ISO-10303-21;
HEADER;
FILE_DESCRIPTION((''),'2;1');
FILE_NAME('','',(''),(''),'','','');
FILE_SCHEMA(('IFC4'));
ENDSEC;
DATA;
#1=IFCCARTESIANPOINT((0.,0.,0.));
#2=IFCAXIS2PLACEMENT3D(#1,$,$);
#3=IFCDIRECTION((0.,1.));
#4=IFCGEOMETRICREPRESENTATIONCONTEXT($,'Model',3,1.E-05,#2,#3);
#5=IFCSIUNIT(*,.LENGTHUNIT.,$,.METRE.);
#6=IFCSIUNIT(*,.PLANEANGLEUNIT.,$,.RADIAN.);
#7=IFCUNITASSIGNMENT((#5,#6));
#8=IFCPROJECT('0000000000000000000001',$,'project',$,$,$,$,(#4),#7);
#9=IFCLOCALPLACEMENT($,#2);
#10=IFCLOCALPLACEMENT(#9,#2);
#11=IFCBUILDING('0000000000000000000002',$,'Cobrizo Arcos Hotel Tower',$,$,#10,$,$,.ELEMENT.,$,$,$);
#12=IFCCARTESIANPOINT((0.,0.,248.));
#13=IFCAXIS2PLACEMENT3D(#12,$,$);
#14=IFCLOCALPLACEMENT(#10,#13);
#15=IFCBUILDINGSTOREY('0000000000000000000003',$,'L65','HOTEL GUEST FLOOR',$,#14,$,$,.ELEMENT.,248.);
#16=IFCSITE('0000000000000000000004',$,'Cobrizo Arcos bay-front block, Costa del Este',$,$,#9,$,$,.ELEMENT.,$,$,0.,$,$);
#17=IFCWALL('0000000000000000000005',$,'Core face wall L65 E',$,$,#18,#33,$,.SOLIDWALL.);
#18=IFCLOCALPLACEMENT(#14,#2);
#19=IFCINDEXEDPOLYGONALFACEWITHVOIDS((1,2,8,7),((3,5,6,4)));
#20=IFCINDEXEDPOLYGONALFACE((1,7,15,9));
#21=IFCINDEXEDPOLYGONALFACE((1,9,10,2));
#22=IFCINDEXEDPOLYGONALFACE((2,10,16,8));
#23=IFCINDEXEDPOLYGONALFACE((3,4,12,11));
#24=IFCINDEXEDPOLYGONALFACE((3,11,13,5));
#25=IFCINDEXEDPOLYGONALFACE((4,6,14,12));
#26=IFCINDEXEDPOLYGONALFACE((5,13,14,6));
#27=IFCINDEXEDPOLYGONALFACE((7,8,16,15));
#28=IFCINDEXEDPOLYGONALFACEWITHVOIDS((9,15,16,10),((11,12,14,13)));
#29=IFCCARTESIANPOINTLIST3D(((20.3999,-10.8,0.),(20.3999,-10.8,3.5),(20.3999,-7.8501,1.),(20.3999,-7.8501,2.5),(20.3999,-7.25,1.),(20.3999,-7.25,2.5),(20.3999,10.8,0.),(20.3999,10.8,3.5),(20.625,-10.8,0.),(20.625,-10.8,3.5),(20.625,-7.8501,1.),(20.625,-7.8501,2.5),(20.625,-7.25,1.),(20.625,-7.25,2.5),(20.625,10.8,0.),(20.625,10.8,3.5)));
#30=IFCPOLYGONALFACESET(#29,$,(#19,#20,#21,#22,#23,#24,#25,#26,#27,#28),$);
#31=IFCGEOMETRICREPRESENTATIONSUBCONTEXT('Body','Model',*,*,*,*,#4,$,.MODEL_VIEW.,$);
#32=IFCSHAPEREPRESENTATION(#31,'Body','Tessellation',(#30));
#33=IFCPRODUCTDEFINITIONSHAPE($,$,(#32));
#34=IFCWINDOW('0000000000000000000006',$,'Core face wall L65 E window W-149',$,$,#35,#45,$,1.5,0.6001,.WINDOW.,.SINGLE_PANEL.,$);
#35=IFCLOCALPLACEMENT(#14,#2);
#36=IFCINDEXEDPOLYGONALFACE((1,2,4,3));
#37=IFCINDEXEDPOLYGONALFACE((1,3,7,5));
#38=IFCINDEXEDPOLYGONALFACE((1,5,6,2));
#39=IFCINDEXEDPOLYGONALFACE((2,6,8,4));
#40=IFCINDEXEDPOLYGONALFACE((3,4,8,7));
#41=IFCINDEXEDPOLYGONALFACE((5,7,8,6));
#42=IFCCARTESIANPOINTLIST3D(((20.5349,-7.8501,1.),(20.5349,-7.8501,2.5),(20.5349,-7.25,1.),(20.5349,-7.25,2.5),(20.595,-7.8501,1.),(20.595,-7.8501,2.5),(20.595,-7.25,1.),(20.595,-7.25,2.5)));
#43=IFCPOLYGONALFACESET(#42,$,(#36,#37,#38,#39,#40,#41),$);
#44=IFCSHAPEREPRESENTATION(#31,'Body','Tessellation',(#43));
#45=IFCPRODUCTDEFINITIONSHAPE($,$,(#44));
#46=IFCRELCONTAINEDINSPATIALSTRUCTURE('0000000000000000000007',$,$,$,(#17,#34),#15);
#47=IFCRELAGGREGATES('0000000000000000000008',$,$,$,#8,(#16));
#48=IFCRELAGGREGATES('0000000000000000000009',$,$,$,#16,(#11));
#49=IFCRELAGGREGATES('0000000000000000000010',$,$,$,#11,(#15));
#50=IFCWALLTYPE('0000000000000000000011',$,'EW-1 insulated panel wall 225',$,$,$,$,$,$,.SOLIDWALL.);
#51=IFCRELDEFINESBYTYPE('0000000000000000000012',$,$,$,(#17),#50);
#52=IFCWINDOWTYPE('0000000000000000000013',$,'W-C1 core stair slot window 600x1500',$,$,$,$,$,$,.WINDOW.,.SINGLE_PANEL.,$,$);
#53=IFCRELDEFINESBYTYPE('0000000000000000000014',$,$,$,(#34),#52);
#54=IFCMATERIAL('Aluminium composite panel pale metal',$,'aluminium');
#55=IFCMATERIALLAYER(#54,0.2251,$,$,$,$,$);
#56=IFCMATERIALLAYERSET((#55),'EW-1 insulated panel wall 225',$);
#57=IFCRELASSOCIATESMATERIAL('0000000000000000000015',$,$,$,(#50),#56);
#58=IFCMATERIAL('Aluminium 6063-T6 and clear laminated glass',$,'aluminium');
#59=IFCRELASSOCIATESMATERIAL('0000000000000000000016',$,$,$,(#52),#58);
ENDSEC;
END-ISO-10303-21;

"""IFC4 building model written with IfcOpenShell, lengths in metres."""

from ifc_helpers import new_model, si_unit, direction, frame, frame_2d, origin, place, context, subcontext, project, spatial, rectangle, extrude, material, layer, layer_set, type_object, element, fill, save


model = new_model("IFC4")

# Units and contexts
model_context = context("Model", 3, precision=1e-05, world=origin(), true_north=direction((0.0, 1.0)))
body_context = subcontext(model_context, "Body", "Model", "MODEL_VIEW")
ifc_project = project(units=[si_unit("LENGTHUNIT", "METRE"), si_unit("PLANEANGLEUNIT", "RADIAN")], contexts=[model_context])

# Site, building, storey
site_placement = place(None, origin())
site = spatial("IfcSite", under=ifc_project, at=site_placement, Name="Cobrizo Arcos bay-front block, Costa del Este", CompositionType="ELEMENT", RefElevation=0.0)
building_placement = place(site_placement, origin())
building = spatial("IfcBuilding", under=site, at=building_placement, Name="Cobrizo Arcos Hotel Tower", CompositionType="ELEMENT")
storey_placement = place(building_placement, frame((0.0, 0.0, 248.0)))
storey = spatial("IfcBuildingStorey", under=building, at=storey_placement, Name="L65", Description="HOTEL GUEST FLOOR", CompositionType="ELEMENT", Elevation=248.0)

# Shared definitions
ifc_material_1 = material(Name="Aluminium composite panel pale metal", Category="aluminium")

# Wall, opening, window
ifc_layer_1 = layer(ifc_material_1, 0.2251)
ifc_layer_set_1 = layer_set([ifc_layer_1], Name="EW-1 insulated panel wall 225")
wall_type_1 = type_object("IfcWallType", Name="EW-1 insulated panel wall 225", PredefinedType="SOLIDWALL", material=ifc_layer_set_1)
wall_1_placement = place(storey_placement, frame((20.5125, -10.8, 0.0), z_axis=(0.0, 0.0, 1.0), x_axis=(0.0, 1.0, 0.0)))
wall_1 = element("IfcWall", 1, at=wall_1_placement, inside=storey, type_object=wall_type_1, Name="Core face wall L65 E", PredefinedType="SOLIDWALL", context=body_context, shape_type="SweptSolid", body=[
    extrude(rectangle(XDim=21.6001, YDim=0.2251, at=frame_2d((10.8, 0.0))), origin(), (0.0, 0.0, 1.0), 3.5),
])
opening_1_placement = place(wall_1_placement, frame((2.95, 0.0, 1.0)))
opening_1 = element("IfcOpeningElement", 2, at=opening_1_placement, cuts=wall_1, PredefinedType="OPENING", context=body_context, shape_type="SweptSolid", body=[
    extrude(rectangle(XDim=0.6001, YDim=1.5, at=frame_2d((0.3, 0.75))), frame((0.0, 0.1245, 0.0), z_axis=(0.0, -1.0, 0.0), x_axis=(1.0, 0.0, 0.0)), (0.0, 0.0, 1.0), 0.249),
])
ifc_material_2 = material(Name="Aluminium 6063-T6 and clear laminated glass", Category="aluminium")
window_type = type_object("IfcWindowType", Name="W-C1 core stair slot window 600x1500", PartitioningType="SINGLE_PANEL", PredefinedType="WINDOW", material=ifc_material_2)
window_placement = place(opening_1_placement, origin())
window = element("IfcWindow", 3, at=window_placement, inside=storey, type_object=window_type, Name="Core face wall L65 E window W-149", OverallHeight=1.5, OverallWidth=0.6001, PartitioningType="SINGLE_PANEL", PredefinedType="WINDOW", context=body_context, shape_type="SweptSolid", body=[
    extrude(rectangle(XDim=0.6001, YDim=1.5, at=frame_2d((0.3, 0.75))), frame((0.0, -0.0225, 0.0), z_axis=(0.0, -1.0, 0.0), x_axis=(1.0, 0.0, 0.0)), (0.0, 0.0, 1.0), 0.0601),
])
fill(opening_1, window)

save(model, "model.ifc")
